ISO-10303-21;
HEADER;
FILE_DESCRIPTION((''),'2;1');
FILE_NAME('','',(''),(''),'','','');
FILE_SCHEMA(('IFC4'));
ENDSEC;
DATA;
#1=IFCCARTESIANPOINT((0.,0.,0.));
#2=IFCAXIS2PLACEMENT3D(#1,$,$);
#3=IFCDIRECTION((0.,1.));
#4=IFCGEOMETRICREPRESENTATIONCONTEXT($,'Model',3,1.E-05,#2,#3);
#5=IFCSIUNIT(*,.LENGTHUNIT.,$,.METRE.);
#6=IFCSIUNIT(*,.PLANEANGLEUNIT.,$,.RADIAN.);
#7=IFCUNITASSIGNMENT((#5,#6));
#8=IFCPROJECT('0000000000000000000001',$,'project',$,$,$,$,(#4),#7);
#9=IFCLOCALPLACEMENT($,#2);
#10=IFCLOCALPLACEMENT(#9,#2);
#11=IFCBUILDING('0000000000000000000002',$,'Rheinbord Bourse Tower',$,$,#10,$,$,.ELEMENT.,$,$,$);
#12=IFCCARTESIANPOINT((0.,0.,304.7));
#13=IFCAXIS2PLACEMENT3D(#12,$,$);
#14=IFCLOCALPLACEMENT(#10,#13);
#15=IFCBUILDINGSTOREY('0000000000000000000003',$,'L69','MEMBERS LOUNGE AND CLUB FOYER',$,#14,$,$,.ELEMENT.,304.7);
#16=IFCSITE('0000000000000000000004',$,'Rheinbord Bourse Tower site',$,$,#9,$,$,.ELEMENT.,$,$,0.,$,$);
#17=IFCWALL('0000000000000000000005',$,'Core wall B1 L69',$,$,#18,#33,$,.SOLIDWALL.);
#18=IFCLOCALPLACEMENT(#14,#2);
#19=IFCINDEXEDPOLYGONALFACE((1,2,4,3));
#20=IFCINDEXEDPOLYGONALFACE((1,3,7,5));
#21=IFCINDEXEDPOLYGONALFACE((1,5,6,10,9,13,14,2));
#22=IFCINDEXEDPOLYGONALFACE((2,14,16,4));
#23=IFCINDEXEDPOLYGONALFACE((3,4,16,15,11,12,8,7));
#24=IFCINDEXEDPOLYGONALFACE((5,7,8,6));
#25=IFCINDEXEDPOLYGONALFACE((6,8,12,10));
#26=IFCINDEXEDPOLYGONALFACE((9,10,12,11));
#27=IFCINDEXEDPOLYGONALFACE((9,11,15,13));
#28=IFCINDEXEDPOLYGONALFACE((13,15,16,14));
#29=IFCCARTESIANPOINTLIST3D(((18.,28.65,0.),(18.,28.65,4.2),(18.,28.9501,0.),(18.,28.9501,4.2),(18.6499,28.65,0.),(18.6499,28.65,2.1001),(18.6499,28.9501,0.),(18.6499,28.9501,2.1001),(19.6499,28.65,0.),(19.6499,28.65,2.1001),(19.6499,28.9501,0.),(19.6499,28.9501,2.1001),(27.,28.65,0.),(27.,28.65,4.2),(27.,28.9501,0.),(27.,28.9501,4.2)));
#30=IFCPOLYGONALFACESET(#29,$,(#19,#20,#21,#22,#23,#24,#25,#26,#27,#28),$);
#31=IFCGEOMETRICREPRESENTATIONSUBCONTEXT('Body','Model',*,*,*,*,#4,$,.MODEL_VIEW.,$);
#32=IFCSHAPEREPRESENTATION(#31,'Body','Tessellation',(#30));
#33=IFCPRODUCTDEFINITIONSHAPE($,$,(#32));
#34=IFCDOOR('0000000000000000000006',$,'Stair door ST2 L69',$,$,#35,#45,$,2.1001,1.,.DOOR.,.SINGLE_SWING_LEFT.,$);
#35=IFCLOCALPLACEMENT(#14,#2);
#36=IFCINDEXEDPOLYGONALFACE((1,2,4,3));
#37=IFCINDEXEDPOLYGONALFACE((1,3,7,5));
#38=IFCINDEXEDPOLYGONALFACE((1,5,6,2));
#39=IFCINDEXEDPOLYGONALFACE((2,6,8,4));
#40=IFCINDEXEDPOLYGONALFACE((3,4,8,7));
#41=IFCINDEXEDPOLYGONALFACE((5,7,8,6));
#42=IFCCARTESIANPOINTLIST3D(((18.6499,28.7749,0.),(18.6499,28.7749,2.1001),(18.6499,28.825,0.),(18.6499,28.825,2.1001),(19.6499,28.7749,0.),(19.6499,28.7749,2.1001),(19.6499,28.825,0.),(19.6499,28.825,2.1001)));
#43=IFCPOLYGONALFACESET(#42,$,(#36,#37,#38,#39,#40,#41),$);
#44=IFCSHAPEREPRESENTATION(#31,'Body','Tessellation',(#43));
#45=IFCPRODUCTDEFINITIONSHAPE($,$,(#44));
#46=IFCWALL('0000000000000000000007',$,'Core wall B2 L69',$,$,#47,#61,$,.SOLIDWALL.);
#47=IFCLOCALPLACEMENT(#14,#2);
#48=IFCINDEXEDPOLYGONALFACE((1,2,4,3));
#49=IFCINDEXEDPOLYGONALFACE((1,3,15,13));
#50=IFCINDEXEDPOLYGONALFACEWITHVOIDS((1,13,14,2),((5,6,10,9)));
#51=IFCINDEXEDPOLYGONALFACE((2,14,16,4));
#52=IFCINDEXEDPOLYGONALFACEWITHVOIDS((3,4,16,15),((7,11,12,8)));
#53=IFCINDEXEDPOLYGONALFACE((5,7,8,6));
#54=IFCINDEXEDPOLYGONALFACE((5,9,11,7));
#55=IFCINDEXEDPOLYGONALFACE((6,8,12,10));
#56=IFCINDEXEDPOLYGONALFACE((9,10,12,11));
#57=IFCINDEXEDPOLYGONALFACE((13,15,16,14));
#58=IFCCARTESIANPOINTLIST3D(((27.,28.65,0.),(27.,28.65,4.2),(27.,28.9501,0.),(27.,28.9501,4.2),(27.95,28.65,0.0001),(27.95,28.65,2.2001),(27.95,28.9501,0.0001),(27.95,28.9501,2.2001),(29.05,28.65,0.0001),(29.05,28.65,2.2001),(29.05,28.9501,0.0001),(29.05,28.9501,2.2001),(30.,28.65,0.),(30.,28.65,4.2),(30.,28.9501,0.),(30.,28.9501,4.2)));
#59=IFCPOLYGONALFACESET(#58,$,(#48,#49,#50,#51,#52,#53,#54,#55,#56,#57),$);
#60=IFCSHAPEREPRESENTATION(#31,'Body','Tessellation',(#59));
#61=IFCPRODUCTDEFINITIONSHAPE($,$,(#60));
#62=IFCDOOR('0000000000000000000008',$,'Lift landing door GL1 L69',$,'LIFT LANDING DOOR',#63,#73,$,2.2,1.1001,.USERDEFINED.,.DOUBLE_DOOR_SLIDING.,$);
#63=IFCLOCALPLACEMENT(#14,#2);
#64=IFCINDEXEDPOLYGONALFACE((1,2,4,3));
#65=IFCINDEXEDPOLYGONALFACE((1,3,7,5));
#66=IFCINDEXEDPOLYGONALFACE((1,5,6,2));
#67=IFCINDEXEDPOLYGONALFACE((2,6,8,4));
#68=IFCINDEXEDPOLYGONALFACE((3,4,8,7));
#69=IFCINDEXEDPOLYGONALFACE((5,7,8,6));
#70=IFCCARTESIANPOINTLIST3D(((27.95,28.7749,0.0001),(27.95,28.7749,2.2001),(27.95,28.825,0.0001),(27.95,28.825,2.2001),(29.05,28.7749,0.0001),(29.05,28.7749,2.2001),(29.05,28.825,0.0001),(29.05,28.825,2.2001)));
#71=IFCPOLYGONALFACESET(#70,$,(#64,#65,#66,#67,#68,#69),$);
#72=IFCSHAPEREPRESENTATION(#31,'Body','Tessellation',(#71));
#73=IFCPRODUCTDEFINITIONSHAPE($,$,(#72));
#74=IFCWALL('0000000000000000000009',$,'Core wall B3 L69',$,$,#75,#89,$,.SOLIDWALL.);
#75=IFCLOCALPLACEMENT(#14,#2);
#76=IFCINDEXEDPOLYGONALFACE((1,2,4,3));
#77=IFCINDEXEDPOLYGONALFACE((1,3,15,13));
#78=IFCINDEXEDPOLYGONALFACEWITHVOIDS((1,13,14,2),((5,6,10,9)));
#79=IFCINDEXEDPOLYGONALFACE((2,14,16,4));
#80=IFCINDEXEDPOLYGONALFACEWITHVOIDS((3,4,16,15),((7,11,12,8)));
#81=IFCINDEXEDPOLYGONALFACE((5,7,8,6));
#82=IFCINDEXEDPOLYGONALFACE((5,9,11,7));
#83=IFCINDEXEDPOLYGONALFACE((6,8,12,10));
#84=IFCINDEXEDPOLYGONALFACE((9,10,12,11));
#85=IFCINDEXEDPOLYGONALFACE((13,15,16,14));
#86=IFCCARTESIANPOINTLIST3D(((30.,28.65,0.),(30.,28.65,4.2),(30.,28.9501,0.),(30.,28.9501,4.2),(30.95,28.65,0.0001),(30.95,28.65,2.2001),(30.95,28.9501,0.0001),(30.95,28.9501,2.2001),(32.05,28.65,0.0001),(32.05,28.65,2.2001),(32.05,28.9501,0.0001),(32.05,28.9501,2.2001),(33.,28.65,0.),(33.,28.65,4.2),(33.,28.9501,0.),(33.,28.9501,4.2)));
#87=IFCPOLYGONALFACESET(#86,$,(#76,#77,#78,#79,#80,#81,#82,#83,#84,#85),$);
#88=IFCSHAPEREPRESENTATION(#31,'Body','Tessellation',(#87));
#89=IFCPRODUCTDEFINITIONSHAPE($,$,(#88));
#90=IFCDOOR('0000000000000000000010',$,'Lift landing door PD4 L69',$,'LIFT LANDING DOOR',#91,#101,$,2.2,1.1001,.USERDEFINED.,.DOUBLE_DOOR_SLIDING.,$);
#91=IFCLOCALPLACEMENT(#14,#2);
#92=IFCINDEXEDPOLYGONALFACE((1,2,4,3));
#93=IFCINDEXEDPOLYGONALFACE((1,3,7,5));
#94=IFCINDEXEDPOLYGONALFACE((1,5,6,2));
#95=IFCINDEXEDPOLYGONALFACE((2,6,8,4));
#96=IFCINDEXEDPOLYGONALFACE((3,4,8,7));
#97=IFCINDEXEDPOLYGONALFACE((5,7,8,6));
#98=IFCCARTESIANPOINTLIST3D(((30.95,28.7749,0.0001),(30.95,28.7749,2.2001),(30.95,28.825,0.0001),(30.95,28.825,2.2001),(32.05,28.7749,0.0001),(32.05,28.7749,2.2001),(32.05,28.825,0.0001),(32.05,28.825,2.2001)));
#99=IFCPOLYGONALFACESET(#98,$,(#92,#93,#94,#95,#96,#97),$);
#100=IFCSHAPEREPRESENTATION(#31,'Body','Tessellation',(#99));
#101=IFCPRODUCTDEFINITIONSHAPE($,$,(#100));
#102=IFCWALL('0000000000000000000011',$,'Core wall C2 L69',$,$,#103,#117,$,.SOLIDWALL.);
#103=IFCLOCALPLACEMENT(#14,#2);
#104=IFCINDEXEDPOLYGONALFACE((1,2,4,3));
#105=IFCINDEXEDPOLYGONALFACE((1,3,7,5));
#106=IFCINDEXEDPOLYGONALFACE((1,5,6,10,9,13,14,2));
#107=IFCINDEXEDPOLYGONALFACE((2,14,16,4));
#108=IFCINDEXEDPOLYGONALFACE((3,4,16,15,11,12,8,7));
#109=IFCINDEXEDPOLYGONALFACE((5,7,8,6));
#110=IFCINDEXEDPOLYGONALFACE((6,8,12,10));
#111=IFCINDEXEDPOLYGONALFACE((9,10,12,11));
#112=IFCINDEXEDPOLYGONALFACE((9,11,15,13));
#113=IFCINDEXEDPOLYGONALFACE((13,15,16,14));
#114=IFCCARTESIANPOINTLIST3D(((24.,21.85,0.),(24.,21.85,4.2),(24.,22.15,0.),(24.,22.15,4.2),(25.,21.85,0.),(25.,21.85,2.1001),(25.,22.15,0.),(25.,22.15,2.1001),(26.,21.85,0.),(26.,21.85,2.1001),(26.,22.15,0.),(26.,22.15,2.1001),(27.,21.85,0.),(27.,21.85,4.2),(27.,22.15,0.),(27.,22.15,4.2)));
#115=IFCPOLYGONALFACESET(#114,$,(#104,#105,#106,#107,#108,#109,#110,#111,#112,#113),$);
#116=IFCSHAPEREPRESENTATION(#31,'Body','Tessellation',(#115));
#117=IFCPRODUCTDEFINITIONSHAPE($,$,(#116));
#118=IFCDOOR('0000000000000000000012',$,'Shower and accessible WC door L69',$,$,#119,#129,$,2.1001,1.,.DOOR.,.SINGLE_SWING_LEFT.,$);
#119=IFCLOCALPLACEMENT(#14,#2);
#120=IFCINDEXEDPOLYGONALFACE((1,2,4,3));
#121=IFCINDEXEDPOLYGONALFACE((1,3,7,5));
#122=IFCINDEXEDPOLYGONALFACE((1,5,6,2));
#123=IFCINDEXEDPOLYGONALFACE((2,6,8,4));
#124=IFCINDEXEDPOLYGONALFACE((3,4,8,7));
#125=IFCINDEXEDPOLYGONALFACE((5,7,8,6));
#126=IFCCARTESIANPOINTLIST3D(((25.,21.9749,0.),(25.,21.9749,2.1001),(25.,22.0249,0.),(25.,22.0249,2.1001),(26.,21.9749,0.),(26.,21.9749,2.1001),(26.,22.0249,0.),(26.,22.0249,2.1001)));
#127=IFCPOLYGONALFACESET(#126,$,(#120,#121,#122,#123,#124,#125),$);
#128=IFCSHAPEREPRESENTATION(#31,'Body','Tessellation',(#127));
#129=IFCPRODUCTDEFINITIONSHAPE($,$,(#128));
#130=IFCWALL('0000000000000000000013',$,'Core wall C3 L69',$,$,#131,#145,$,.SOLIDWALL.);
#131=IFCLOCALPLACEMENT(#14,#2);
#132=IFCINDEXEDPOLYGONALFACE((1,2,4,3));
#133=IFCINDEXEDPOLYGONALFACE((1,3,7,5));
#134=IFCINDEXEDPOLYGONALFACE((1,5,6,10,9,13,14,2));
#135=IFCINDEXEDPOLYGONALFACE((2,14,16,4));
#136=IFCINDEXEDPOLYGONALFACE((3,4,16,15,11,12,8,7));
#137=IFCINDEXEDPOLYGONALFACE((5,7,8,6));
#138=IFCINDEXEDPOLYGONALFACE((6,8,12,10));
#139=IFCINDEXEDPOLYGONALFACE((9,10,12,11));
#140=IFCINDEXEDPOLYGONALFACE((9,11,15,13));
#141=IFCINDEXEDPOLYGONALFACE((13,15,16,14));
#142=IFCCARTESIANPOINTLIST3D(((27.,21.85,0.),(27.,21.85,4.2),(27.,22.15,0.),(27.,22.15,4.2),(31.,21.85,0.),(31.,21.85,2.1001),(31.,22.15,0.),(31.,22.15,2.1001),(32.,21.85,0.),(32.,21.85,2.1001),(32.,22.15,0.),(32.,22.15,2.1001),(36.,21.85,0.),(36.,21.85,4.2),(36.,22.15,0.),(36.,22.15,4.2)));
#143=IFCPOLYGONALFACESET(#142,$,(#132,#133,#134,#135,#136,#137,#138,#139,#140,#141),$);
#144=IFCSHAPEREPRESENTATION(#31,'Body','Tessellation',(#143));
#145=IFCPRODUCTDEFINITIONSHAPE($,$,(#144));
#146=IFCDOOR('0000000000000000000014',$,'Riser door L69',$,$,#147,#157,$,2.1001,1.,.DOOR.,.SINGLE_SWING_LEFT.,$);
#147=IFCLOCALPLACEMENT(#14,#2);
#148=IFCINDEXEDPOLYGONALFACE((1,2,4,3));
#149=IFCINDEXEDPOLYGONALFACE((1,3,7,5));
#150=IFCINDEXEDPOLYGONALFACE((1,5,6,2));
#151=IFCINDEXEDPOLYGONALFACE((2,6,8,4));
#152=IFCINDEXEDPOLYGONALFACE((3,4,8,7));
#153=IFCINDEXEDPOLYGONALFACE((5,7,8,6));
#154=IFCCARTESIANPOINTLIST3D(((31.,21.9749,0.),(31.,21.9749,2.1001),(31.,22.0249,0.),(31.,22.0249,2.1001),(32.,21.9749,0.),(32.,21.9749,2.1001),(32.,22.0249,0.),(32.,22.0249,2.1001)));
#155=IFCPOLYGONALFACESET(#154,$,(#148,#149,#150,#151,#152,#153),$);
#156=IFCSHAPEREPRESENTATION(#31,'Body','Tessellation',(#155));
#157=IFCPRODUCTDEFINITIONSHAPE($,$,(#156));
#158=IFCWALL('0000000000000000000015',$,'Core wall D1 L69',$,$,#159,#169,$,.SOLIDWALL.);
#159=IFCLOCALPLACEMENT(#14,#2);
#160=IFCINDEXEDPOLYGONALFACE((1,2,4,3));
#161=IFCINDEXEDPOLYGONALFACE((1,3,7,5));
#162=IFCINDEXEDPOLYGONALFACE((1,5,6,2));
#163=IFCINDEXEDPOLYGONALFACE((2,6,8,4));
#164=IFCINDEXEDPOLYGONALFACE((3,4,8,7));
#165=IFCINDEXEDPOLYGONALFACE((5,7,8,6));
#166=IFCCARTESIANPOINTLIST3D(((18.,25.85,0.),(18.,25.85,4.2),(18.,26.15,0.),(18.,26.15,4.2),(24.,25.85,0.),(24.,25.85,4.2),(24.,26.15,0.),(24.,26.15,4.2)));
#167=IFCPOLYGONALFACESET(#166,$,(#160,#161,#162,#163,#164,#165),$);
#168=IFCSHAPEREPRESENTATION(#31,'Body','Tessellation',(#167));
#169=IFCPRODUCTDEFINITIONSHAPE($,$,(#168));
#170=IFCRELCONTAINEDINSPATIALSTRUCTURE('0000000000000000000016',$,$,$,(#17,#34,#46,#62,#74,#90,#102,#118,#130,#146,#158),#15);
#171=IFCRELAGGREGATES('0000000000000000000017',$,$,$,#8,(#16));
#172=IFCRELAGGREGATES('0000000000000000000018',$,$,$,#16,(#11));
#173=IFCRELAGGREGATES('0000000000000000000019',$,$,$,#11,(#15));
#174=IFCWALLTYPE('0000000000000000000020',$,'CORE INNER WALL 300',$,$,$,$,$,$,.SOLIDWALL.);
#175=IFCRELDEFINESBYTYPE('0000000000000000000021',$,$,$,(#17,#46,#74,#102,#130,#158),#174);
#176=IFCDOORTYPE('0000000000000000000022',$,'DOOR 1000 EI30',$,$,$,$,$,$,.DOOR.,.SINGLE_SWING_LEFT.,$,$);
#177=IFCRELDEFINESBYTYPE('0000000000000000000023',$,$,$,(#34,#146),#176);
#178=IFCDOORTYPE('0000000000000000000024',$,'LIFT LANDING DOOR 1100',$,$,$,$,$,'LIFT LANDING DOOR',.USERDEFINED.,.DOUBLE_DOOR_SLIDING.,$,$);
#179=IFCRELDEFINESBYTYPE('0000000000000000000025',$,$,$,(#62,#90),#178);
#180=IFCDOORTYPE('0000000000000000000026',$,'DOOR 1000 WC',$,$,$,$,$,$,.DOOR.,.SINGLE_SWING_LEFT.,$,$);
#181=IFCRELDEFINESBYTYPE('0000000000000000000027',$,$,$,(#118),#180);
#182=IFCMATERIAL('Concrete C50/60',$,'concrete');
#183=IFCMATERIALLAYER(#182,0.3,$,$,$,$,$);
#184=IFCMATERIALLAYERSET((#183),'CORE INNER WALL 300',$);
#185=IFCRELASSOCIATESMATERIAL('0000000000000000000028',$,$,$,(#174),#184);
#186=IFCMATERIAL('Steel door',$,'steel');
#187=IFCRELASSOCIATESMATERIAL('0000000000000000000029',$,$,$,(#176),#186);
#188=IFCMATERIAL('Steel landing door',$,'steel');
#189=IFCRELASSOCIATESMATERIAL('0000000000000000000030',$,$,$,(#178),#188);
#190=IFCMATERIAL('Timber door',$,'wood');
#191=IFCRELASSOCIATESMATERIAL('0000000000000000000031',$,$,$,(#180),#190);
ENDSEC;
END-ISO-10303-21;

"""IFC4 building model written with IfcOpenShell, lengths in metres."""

from ifc_helpers import new_model, si_unit, direction, frame, frame_2d, origin, place, context, subcontext, project, spatial, rectangle, extrude, material, layer, layer_set, type_object, element, fill, save


model = new_model("IFC4")

# Units and contexts
model_context = context("Model", 3, precision=1e-05, world=origin(), true_north=direction((0.0, 1.0)))
body_context = subcontext(model_context, "Body", "Model", "MODEL_VIEW")
ifc_project = project(units=[si_unit("LENGTHUNIT", "METRE"), si_unit("PLANEANGLEUNIT", "RADIAN")], contexts=[model_context])

# Site, building, storey
site_placement = place(None, origin())
site = spatial("IfcSite", under=ifc_project, at=site_placement, Name="Rheinbord Bourse Tower site", CompositionType="ELEMENT", RefElevation=0.0)
building_placement = place(site_placement, origin())
building = spatial("IfcBuilding", under=site, at=building_placement, Name="Rheinbord Bourse Tower", CompositionType="ELEMENT")
storey_placement = place(building_placement, frame((0.0, 0.0, 304.7)))
storey = spatial("IfcBuildingStorey", under=building, at=storey_placement, Name="L69", Description="MEMBERS LOUNGE AND CLUB FOYER", CompositionType="ELEMENT", Elevation=304.7)

# Walls, openings, doors
ifc_material_1 = material(Name="Concrete C50/60", Category="concrete")
ifc_layer_1 = layer(ifc_material_1, 0.3)
ifc_layer_set_1 = layer_set([ifc_layer_1], Name="CORE INNER WALL 300")
wall_type_1 = type_object("IfcWallType", Name="CORE INNER WALL 300", PredefinedType="SOLIDWALL", material=ifc_layer_set_1)
wall_1_placement = place(storey_placement, frame((18.0, 28.8, 0.0), z_axis=(0.0, 0.0, 1.0), x_axis=(1.0, 0.0, 0.0)))
wall_1 = element("IfcWall", 1, at=wall_1_placement, inside=storey, type_object=wall_type_1, Name="Core wall B1 L69", PredefinedType="SOLIDWALL", context=body_context, shape_type="SweptSolid", body=[
    extrude(rectangle(XDim=9.0, YDim=0.3, at=frame_2d((4.5, 0.0))), origin(), (0.0, 0.0, 1.0), 4.2),
])
opening_1_placement = place(wall_1_placement, frame((0.6499, 0.0, 0.0)))
opening_1 = element("IfcOpeningElement", 2, at=opening_1_placement, cuts=wall_1, PredefinedType="OPENING", context=body_context, shape_type="SweptSolid", body=[
    extrude(rectangle(XDim=1.0, YDim=2.1001, at=frame_2d((0.5, 1.05))), frame((0.0, 0.1599, 0.0), z_axis=(0.0, -1.0, 0.0), x_axis=(1.0, 0.0, 0.0)), (0.0, 0.0, 1.0), 0.3201),
])
ifc_material_2 = material(Name="Steel door", Category="steel")
door_type_1 = type_object("IfcDoorType", Name="DOOR 1000 EI30", OperationType="SINGLE_SWING_LEFT", PredefinedType="DOOR", material=ifc_material_2)
door_1_placement = place(opening_1_placement, origin())
door_1 = element("IfcDoor", 3, at=door_1_placement, inside=storey, type_object=door_type_1, Name="Stair door ST2 L69", OperationType="SINGLE_SWING_LEFT", OverallHeight=2.1001, OverallWidth=1.0, PredefinedType="DOOR", context=body_context, shape_type="SweptSolid", body=[
    extrude(rectangle(XDim=1.0, YDim=2.1001, at=frame_2d((0.5, 1.05))), frame((0.0, 0.0249, 0.0), z_axis=(0.0, -1.0, 0.0), x_axis=(1.0, 0.0, 0.0)), (0.0, 0.0, 1.0), 0.05),
])
fill(opening_1, door_1)
wall_2_placement = place(storey_placement, frame((27.0, 28.8, 0.0), z_axis=(0.0, 0.0, 1.0), x_axis=(1.0, 0.0, 0.0)))
wall_2 = element("IfcWall", 4, at=wall_2_placement, inside=storey, type_object=wall_type_1, Name="Core wall B2 L69", PredefinedType="SOLIDWALL", context=body_context, shape_type="SweptSolid", body=[
    extrude(rectangle(XDim=3.0, YDim=0.3, at=frame_2d((1.5, 0.0))), origin(), (0.0, 0.0, 1.0), 4.2),
])
opening_2_placement = place(wall_2_placement, frame((0.95, 0.0, 0.0)))
opening_2 = element("IfcOpeningElement", 5, at=opening_2_placement, cuts=wall_2, PredefinedType="OPENING", context=body_context, shape_type="SweptSolid", body=[
    extrude(rectangle(XDim=1.1001, YDim=2.2, at=frame_2d((0.55, 1.1001))), frame((0.0, 0.1599, 0.0), z_axis=(0.0, -1.0, 0.0), x_axis=(1.0, 0.0, 0.0)), (0.0, 0.0, 1.0), 0.3201),
])
ifc_material_3 = material(Name="Steel landing door", Category="steel")
door_type_2 = type_object("IfcDoorType", Name="LIFT LANDING DOOR 1100", ElementType="LIFT LANDING DOOR", OperationType="DOUBLE_DOOR_SLIDING", PredefinedType="USERDEFINED", material=ifc_material_3)
door_2_placement = place(opening_2_placement, origin())
door_2 = element("IfcDoor", 6, at=door_2_placement, inside=storey, type_object=door_type_2, Name="Lift landing door GL1 L69", ObjectType="LIFT LANDING DOOR", OperationType="DOUBLE_DOOR_SLIDING", OverallHeight=2.2, OverallWidth=1.1001, PredefinedType="USERDEFINED", context=body_context, shape_type="SweptSolid", body=[
    extrude(rectangle(XDim=1.1001, YDim=2.2, at=frame_2d((0.55, 1.1001))), frame((0.0, 0.0249, 0.0), z_axis=(0.0, -1.0, 0.0), x_axis=(1.0, 0.0, 0.0)), (0.0, 0.0, 1.0), 0.05),
])
fill(opening_2, door_2)
wall_3_placement = place(storey_placement, frame((30.0, 28.8, 0.0), z_axis=(0.0, 0.0, 1.0), x_axis=(1.0, 0.0, 0.0)))
wall_3 = element("IfcWall", 7, at=wall_3_placement, inside=storey, type_object=wall_type_1, Name="Core wall B3 L69", PredefinedType="SOLIDWALL", context=body_context, shape_type="SweptSolid", body=[
    extrude(rectangle(XDim=3.0, YDim=0.3, at=frame_2d((1.5, 0.0))), origin(), (0.0, 0.0, 1.0), 4.2),
])
opening_3_placement = place(wall_3_placement, frame((0.95, 0.0, 0.0)))
opening_3 = element("IfcOpeningElement", 8, at=opening_3_placement, cuts=wall_3, PredefinedType="OPENING", context=body_context, shape_type="SweptSolid", body=[
    extrude(rectangle(XDim=1.1001, YDim=2.2, at=frame_2d((0.55, 1.1001))), frame((0.0, 0.1599, 0.0), z_axis=(0.0, -1.0, 0.0), x_axis=(1.0, 0.0, 0.0)), (0.0, 0.0, 1.0), 0.3201),
])
door_3_placement = place(opening_3_placement, origin())
door_3 = element("IfcDoor", 9, at=door_3_placement, inside=storey, type_object=door_type_2, Name="Lift landing door PD4 L69", ObjectType="LIFT LANDING DOOR", OperationType="DOUBLE_DOOR_SLIDING", OverallHeight=2.2, OverallWidth=1.1001, PredefinedType="USERDEFINED", context=body_context, shape_type="SweptSolid", body=[
    extrude(rectangle(XDim=1.1001, YDim=2.2, at=frame_2d((0.55, 1.1001))), frame((0.0, 0.0249, 0.0), z_axis=(0.0, -1.0, 0.0), x_axis=(1.0, 0.0, 0.0)), (0.0, 0.0, 1.0), 0.05),
])
fill(opening_3, door_3)
wall_4_placement = place(storey_placement, frame((24.0, 22.0, 0.0), z_axis=(0.0, 0.0, 1.0), x_axis=(1.0, 0.0, 0.0)))
wall_4 = element("IfcWall", 10, at=wall_4_placement, inside=storey, type_object=wall_type_1, Name="Core wall C2 L69", PredefinedType="SOLIDWALL", context=body_context, shape_type="SweptSolid", body=[
    extrude(rectangle(XDim=3.0, YDim=0.3, at=frame_2d((1.5, 0.0))), origin(), (0.0, 0.0, 1.0), 4.2),
])
opening_4_placement = place(wall_4_placement, frame((1.0, 0.0, 0.0)))
opening_4 = element("IfcOpeningElement", 11, at=opening_4_placement, cuts=wall_4, PredefinedType="OPENING", context=body_context, shape_type="SweptSolid", body=[
    extrude(rectangle(XDim=1.0, YDim=2.1001, at=frame_2d((0.5, 1.05))), frame((0.0, 0.1599, 0.0), z_axis=(0.0, -1.0, 0.0), x_axis=(1.0, 0.0, 0.0)), (0.0, 0.0, 1.0), 0.3201),
])
ifc_material_4 = material(Name="Timber door", Category="wood")
door_type_3 = type_object("IfcDoorType", Name="DOOR 1000 WC", OperationType="SINGLE_SWING_LEFT", PredefinedType="DOOR", material=ifc_material_4)
door_4_placement = place(opening_4_placement, origin())
door_4 = element("IfcDoor", 12, at=door_4_placement, inside=storey, type_object=door_type_3, Name="Shower and accessible WC door L69", OperationType="SINGLE_SWING_LEFT", OverallHeight=2.1001, OverallWidth=1.0, PredefinedType="DOOR", context=body_context, shape_type="SweptSolid", body=[
    extrude(rectangle(XDim=1.0, YDim=2.1001, at=frame_2d((0.5, 1.05))), frame((0.0, 0.0249, 0.0), z_axis=(0.0, -1.0, 0.0), x_axis=(1.0, 0.0, 0.0)), (0.0, 0.0, 1.0), 0.05),
])
fill(opening_4, door_4)
wall_5_placement = place(storey_placement, frame((27.0, 22.0, 0.0), z_axis=(0.0, 0.0, 1.0), x_axis=(1.0, 0.0, 0.0)))
wall_5 = element("IfcWall", 13, at=wall_5_placement, inside=storey, type_object=wall_type_1, Name="Core wall C3 L69", PredefinedType="SOLIDWALL", context=body_context, shape_type="SweptSolid", body=[
    extrude(rectangle(XDim=9.0, YDim=0.3, at=frame_2d((4.5, 0.0))), origin(), (0.0, 0.0, 1.0), 4.2),
])
opening_5_placement = place(wall_5_placement, frame((4.0, 0.0, 0.0)))
opening_5 = element("IfcOpeningElement", 14, at=opening_5_placement, cuts=wall_5, PredefinedType="OPENING", context=body_context, shape_type="SweptSolid", body=[
    extrude(rectangle(XDim=1.0, YDim=2.1001, at=frame_2d((0.5, 1.05))), frame((0.0, 0.1599, 0.0), z_axis=(0.0, -1.0, 0.0), x_axis=(1.0, 0.0, 0.0)), (0.0, 0.0, 1.0), 0.3201),
])
door_5_placement = place(opening_5_placement, origin())
door_5 = element("IfcDoor", 15, at=door_5_placement, inside=storey, type_object=door_type_1, Name="Riser door L69", OperationType="SINGLE_SWING_LEFT", OverallHeight=2.1001, OverallWidth=1.0, PredefinedType="DOOR", context=body_context, shape_type="SweptSolid", body=[
    extrude(rectangle(XDim=1.0, YDim=2.1001, at=frame_2d((0.5, 1.05))), frame((0.0, 0.0249, 0.0), z_axis=(0.0, -1.0, 0.0), x_axis=(1.0, 0.0, 0.0)), (0.0, 0.0, 1.0), 0.05),
])
fill(opening_5, door_5)

# Wall
wall_6_placement = place(storey_placement, frame((18.0, 26.0, 0.0), z_axis=(0.0, 0.0, 1.0), x_axis=(1.0, 0.0, 0.0)))
element("IfcWall", 16, at=wall_6_placement, inside=storey, type_object=wall_type_1, Name="Core wall D1 L69", PredefinedType="SOLIDWALL", context=body_context, shape_type="SweptSolid", body=[
    extrude(rectangle(XDim=6.0, YDim=0.3, at=frame_2d((3.0, 0.0))), origin(), (0.0, 0.0, 1.0), 4.2),
])

save(model, "model.ifc")
